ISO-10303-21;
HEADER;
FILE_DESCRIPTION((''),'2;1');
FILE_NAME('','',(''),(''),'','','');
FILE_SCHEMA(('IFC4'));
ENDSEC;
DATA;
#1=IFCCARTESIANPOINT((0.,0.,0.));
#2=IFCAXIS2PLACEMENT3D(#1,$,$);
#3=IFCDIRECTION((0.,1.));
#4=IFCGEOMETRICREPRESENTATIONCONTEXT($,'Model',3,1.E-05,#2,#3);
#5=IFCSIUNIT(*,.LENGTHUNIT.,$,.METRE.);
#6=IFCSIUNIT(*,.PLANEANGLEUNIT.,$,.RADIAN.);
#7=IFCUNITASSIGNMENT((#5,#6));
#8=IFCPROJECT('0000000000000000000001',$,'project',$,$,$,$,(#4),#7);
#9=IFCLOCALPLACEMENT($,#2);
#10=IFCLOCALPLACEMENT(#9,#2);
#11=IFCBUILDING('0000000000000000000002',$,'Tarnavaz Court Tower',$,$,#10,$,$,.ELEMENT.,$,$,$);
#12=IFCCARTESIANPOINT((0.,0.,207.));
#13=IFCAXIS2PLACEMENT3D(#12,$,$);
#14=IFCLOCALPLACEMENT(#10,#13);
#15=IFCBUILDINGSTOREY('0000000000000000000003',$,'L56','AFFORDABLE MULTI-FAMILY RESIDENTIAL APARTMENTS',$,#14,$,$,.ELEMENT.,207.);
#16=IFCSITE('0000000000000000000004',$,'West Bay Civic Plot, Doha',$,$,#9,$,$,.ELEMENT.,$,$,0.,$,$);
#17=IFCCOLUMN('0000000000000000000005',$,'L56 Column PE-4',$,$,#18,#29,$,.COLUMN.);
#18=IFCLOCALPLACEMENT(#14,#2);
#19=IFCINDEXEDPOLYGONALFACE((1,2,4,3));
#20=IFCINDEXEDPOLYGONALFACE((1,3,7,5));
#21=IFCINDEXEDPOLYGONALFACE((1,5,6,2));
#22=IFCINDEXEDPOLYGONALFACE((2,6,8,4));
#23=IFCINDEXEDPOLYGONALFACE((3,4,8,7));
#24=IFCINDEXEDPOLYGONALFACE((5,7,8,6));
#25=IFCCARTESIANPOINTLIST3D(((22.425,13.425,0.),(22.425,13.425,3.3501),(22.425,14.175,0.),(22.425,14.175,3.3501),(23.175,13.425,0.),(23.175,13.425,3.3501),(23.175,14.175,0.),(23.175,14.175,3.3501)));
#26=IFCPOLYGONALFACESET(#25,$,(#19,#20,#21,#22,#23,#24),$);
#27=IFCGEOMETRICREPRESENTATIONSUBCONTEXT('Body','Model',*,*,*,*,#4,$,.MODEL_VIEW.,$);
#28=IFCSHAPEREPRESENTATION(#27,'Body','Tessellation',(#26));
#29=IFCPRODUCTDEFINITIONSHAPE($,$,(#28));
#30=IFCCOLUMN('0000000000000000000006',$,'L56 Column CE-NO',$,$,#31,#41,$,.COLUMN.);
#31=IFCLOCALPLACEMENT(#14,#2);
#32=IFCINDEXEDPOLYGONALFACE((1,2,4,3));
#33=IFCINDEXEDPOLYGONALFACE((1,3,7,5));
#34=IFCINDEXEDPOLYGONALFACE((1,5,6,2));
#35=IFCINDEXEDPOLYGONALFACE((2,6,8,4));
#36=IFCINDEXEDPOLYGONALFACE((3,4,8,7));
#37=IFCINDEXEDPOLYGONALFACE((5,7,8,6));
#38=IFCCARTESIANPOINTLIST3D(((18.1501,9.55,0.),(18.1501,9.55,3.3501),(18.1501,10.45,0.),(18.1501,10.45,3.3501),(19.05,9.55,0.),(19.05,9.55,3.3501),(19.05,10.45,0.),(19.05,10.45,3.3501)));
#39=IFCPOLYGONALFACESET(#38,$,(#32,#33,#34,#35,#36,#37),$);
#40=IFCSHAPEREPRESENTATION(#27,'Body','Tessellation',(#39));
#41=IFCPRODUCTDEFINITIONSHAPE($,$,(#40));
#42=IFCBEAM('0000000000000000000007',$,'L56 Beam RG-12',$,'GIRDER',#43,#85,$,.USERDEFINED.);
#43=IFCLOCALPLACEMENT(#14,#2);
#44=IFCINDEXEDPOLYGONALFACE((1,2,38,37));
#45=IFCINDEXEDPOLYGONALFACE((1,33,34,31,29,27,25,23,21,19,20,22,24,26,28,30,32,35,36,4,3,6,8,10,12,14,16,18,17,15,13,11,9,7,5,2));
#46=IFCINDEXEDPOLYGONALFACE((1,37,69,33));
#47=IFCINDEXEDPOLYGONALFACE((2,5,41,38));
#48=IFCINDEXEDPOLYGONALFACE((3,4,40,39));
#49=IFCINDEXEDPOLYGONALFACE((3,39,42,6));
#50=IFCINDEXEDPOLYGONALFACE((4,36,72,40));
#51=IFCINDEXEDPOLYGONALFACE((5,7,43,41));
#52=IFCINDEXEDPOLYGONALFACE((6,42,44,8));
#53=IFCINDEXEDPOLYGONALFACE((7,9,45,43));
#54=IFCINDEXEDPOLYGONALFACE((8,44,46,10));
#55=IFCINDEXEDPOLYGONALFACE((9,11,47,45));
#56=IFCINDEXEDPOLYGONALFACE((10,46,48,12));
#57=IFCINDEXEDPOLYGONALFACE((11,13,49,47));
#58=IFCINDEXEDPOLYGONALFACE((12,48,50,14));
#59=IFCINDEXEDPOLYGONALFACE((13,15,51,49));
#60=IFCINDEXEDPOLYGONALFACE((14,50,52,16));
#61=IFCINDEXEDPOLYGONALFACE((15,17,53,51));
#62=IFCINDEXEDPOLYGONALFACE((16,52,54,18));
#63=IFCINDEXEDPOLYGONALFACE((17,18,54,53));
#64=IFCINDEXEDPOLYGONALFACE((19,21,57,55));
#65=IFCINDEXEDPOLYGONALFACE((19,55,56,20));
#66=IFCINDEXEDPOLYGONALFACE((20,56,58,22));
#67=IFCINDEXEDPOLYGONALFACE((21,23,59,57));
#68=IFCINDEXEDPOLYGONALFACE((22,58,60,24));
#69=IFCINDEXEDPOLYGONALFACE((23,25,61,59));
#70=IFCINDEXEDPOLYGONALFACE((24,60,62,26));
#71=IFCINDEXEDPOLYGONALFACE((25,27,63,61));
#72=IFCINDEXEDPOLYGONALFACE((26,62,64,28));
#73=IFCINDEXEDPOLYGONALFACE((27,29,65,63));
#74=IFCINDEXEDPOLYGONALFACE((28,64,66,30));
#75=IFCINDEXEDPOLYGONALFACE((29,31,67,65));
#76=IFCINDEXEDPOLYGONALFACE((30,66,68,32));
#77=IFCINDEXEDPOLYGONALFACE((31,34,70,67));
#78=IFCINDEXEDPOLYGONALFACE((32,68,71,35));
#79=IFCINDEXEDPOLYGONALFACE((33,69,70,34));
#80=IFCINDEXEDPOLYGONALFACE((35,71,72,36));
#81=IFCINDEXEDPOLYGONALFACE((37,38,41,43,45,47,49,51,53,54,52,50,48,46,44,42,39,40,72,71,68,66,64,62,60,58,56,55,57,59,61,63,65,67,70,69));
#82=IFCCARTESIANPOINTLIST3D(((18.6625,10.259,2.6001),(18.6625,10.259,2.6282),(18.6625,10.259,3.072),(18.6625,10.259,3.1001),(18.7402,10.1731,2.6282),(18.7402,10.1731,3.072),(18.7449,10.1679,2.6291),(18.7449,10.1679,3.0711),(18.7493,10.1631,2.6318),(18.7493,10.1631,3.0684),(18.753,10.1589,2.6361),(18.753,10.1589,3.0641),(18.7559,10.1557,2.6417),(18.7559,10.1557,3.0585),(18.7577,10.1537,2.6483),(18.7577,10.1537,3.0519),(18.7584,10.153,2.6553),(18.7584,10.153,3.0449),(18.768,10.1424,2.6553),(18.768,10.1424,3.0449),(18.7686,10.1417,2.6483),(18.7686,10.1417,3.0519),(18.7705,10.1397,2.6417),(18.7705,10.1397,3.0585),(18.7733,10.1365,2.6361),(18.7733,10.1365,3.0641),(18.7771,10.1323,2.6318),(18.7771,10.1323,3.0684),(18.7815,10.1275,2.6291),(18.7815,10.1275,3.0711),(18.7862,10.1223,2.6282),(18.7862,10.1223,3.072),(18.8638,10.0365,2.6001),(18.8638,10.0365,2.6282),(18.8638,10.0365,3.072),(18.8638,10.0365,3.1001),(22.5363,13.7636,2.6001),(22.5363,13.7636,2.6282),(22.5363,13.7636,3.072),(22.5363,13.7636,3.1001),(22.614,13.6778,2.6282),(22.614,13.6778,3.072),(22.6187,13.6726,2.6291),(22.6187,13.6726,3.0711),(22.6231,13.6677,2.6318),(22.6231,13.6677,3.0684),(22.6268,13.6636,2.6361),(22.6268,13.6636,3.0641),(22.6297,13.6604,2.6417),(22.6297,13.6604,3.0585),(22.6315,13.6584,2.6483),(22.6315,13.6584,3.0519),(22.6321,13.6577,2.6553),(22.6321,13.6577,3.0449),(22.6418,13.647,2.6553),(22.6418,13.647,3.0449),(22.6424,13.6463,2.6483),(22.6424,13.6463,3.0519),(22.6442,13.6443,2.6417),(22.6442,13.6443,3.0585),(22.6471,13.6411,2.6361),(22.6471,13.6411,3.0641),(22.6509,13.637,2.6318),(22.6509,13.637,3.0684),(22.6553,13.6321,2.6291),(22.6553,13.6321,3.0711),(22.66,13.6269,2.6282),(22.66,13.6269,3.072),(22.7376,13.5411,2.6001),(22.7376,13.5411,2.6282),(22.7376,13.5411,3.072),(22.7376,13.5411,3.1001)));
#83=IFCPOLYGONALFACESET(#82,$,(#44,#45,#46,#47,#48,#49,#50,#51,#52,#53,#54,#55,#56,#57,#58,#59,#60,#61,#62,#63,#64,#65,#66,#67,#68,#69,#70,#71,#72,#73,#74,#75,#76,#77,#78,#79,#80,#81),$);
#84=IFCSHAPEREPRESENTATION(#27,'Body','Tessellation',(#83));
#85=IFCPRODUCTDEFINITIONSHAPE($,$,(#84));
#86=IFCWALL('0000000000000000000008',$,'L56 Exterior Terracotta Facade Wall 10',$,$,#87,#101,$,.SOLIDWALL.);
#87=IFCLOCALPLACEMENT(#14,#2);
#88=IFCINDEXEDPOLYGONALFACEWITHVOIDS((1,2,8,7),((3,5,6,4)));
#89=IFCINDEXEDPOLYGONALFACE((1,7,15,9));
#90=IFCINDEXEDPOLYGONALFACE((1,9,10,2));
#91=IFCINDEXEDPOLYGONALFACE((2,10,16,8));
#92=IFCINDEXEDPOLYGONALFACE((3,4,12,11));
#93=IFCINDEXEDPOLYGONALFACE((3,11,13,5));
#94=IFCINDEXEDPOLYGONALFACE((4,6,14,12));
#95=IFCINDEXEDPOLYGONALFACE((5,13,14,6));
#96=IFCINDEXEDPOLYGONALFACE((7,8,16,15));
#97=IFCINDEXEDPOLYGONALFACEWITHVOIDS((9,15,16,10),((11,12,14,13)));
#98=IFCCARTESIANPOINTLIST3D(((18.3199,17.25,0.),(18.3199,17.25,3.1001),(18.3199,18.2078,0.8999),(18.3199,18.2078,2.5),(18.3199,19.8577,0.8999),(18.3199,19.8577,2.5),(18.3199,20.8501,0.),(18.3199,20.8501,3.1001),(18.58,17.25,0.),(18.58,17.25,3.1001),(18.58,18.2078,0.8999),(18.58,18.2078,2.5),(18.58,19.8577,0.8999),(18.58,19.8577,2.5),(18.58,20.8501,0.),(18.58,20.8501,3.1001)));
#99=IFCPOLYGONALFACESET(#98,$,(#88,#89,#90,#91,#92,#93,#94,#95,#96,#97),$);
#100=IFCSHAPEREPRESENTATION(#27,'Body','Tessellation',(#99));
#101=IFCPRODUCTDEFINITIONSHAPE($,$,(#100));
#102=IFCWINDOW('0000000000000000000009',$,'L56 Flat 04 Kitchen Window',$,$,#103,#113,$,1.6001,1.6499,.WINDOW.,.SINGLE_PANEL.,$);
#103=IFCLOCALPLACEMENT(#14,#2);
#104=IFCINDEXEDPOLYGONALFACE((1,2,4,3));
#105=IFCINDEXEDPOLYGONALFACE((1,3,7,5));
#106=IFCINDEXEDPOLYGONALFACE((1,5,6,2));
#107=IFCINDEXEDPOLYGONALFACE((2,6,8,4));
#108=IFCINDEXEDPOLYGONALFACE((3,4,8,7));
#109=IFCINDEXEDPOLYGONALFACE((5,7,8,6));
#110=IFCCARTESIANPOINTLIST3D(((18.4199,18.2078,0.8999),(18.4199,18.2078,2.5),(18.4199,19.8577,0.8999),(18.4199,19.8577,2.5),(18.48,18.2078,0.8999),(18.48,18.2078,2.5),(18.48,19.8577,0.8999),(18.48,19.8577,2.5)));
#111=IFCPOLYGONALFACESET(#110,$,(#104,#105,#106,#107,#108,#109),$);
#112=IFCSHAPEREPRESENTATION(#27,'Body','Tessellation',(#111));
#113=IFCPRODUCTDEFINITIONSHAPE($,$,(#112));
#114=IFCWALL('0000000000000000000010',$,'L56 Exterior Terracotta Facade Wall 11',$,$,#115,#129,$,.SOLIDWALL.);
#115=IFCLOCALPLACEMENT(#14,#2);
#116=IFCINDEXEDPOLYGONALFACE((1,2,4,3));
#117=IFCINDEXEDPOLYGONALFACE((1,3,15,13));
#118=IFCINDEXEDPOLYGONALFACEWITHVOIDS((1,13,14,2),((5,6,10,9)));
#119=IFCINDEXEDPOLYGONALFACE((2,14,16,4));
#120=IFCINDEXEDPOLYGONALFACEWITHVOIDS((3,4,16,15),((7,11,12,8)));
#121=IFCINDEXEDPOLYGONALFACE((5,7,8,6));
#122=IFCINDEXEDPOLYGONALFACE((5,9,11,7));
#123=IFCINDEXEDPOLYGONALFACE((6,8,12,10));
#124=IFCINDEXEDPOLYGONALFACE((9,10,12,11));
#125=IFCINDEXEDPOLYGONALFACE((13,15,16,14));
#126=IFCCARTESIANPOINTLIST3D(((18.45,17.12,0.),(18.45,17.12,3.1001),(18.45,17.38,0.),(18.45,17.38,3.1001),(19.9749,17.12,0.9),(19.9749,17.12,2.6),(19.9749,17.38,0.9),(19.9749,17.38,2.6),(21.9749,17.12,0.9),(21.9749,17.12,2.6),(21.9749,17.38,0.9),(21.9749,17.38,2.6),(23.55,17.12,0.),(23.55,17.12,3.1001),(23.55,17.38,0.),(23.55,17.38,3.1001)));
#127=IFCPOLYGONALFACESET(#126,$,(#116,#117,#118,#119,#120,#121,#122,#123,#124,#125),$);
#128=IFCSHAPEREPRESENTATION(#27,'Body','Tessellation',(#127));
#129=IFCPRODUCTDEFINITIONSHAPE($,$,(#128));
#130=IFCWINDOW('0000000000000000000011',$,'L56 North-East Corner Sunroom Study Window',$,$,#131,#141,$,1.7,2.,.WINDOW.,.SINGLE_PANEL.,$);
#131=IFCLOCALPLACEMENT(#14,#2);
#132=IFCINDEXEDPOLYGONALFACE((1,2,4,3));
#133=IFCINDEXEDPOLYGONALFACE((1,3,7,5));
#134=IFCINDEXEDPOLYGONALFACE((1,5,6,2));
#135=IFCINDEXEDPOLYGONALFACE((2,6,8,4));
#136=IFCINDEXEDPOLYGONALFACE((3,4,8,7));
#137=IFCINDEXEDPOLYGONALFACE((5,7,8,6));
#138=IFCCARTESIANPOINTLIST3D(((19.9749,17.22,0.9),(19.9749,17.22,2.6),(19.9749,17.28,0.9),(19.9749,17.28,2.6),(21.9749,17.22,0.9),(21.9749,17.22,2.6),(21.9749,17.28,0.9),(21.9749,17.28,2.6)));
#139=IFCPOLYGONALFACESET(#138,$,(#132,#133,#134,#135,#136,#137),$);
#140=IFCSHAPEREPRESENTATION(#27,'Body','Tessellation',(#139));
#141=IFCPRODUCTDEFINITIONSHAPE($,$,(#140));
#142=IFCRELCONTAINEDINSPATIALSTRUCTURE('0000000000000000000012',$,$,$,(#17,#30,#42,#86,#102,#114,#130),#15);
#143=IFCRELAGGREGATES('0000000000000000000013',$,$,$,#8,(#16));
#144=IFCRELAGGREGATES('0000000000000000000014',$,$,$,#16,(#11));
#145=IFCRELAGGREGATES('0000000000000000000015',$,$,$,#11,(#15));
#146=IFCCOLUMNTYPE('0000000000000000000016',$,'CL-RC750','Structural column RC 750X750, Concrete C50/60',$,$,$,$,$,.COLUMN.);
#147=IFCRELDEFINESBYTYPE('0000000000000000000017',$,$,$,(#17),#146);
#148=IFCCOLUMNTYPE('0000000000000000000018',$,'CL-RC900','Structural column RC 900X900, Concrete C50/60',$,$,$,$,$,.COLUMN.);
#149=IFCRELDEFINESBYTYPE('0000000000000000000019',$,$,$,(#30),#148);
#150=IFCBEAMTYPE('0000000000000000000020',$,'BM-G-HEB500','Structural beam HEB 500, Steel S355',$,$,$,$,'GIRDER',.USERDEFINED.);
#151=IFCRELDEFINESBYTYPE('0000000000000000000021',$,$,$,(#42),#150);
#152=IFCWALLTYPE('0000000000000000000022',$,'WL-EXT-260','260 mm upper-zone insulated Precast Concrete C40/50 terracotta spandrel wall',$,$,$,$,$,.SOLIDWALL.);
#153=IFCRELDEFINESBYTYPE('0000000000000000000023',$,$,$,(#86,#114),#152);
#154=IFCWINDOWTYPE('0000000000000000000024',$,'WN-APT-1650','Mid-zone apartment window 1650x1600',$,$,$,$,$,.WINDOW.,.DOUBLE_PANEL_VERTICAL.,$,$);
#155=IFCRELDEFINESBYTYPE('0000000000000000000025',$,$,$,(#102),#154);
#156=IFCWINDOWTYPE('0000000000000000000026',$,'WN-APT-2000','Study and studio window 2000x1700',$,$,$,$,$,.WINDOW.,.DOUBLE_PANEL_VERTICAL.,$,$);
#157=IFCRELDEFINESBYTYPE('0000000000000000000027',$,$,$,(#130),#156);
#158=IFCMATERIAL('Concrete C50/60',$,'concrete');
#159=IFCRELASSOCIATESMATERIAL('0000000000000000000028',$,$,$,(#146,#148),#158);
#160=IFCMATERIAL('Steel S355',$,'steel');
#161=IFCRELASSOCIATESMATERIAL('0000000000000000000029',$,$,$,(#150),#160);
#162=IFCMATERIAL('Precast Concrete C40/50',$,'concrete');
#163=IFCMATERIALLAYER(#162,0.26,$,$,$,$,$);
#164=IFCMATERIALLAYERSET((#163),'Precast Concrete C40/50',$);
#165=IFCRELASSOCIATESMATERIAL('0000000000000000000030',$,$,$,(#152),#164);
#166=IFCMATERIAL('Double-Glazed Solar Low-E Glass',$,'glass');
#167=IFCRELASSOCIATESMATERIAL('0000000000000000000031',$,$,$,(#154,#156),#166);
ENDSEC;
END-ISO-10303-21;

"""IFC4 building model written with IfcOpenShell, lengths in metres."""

from ifc_helpers import new_model, si_unit, direction, frame, frame_2d, origin, origin_2d, place, context, subcontext, project, spatial, rectangle, i_section, extrude, material, layer, layer_set, material_profile, profile_set, type_object, element, fill, save


model = new_model("IFC4")

# Units and contexts
model_context = context("Model", 3, precision=1e-05, world=origin(), true_north=direction((0.0, 1.0)))
body_context = subcontext(model_context, "Body", "Model", "MODEL_VIEW")
ifc_project = project(units=[si_unit("LENGTHUNIT", "METRE"), si_unit("PLANEANGLEUNIT", "RADIAN")], contexts=[model_context])

# Site, building, storey
site_placement = place(None, origin())
site = spatial("IfcSite", under=ifc_project, at=site_placement, Name="West Bay Civic Plot, Doha", CompositionType="ELEMENT", RefElevation=0.0)
building_placement = place(site_placement, origin())
building = spatial("IfcBuilding", under=site, at=building_placement, Name="Tarnavaz Court Tower", CompositionType="ELEMENT")
storey_placement = place(building_placement, frame((0.0, 0.0, 207.0)))
storey = spatial("IfcBuildingStorey", under=building, at=storey_placement, Name="L56", Description="AFFORDABLE MULTI-FAMILY RESIDENTIAL APARTMENTS", CompositionType="ELEMENT", Elevation=207.0)

# Columns
ifc_material_1 = material(Name="Concrete C50/60", Category="concrete")
ifc_material_profile_1 = material_profile(ifc_material_1, rectangle(XDim=0.75, YDim=0.75, at=origin_2d()), Name="RC 750X750")
ifc_profile_set_1 = profile_set([ifc_material_profile_1], Name="Concrete C50/60")
column_type_1 = type_object("IfcColumnType", Name="CL-RC750", Description="Structural column RC 750X750, Concrete C50/60", PredefinedType="COLUMN", material=ifc_profile_set_1)
column_1_placement = place(storey_placement, frame((22.8, 13.8, 0.0), z_axis=(0.0, 0.0, 1.0), x_axis=(1.0, 0.0, 0.0)))
element("IfcColumn", 1, at=column_1_placement, inside=storey, type_object=column_type_1, Name="L56 Column PE-4", PredefinedType="COLUMN", context=body_context, shape_type="SweptSolid", body=[
    extrude(rectangle(XDim=0.75, YDim=0.75, at=origin_2d()), origin(), (0.0, 0.0, 1.0), 3.3501),
])
ifc_material_profile_2 = material_profile(ifc_material_1, rectangle(XDim=0.8999, YDim=0.8999, at=origin_2d()), Name="RC 900X900")
ifc_profile_set_2 = profile_set([ifc_material_profile_2], Name="Concrete C50/60")
column_type_2 = type_object("IfcColumnType", Name="CL-RC900", Description="Structural column RC 900X900, Concrete C50/60", PredefinedType="COLUMN", material=ifc_profile_set_2)
column_2_placement = place(storey_placement, frame((18.6001, 10.0, 0.0), z_axis=(0.0, 0.0, 1.0), x_axis=(1.0, 0.0, 0.0)))
element("IfcColumn", 2, at=column_2_placement, inside=storey, type_object=column_type_2, Name="L56 Column CE-NO", PredefinedType="COLUMN", context=body_context, shape_type="SweptSolid", body=[
    extrude(rectangle(XDim=0.8999, YDim=0.8999, at=origin_2d()), origin(), (0.0, 0.0, 1.0), 3.3501),
])

# Beam
ifc_material_2 = material(Name="Steel S355", Category="steel")
ifc_material_profile_3 = material_profile(ifc_material_2, i_section(OverallWidth=0.3, OverallDepth=0.5, WebThickness=0.0144, FlangeThickness=0.0281, FilletRadius=0.0271, at=origin_2d()), Name="HEB 500")
ifc_profile_set_3 = profile_set([ifc_material_profile_3], Name="Steel S355")
beam_type = type_object("IfcBeamType", Name="BM-G-HEB500", Description="Structural beam HEB 500, Steel S355", ElementType="GIRDER", PredefinedType="USERDEFINED", material=ifc_profile_set_3)
beam_placement = place(storey_placement, frame((18.7632, 10.1477, 2.8501), z_axis=(0.741556, 0.670891, 0.0), x_axis=(-0.670891, 0.741556, 0.0)))
element("IfcBeam", 3, at=beam_placement, inside=storey, type_object=beam_type, Name="L56 Beam RG-12", ObjectType="GIRDER", PredefinedType="USERDEFINED", context=body_context, shape_type="SweptSolid", body=[
    extrude(i_section(OverallWidth=0.3, OverallDepth=0.5, WebThickness=0.0144, FlangeThickness=0.0281, FilletRadius=0.0271, at=origin_2d()), origin(), (0.0, 0.0, 1.0), 5.2239),
])

# Walls, openings, windows
ifc_material_3 = material(Name="Precast Concrete C40/50", Category="concrete")
ifc_layer_1 = layer(ifc_material_3, 0.26)
ifc_layer_set_1 = layer_set([ifc_layer_1], Name="Precast Concrete C40/50")
wall_type_1 = type_object("IfcWallType", Name="WL-EXT-260", Description="260 mm upper-zone insulated Precast Concrete C40/50 terracotta spandrel wall", PredefinedType="SOLIDWALL", material=ifc_layer_set_1)
wall_1_placement = place(storey_placement, frame((18.45, 20.8501, 0.0), z_axis=(0.0, 0.0, 1.0), x_axis=(0.0, -1.0, 0.0)))
wall_1 = element("IfcWall", 4, at=wall_1_placement, inside=storey, type_object=wall_type_1, Name="L56 Exterior Terracotta Facade Wall 10", PredefinedType="SOLIDWALL", context=body_context, shape_type="SweptSolid", body=[
    extrude(rectangle(XDim=3.6001, YDim=0.26, at=frame_2d((1.8, 0.0))), origin(), (0.0, 0.0, 1.0), 3.1001),
])
opening_1_placement = place(wall_1_placement, frame((0.9924, 0.0, 0.8999)))
opening_1 = element("IfcOpeningElement", 5, at=opening_1_placement, cuts=wall_1, PredefinedType="OPENING", context=body_context, shape_type="SweptSolid", body=[
    extrude(rectangle(XDim=1.6499, YDim=1.6001, at=frame_2d((0.825, 0.8))), frame((0.0, 0.1399, 0.0), z_axis=(0.0, -1.0, 0.0), x_axis=(1.0, 0.0, 0.0)), (0.0, 0.0, 1.0), 0.28),
])
ifc_material_4 = material(Name="Double-Glazed Solar Low-E Glass", Category="glass")
window_type_1 = type_object("IfcWindowType", Name="WN-APT-1650", Description="Mid-zone apartment window 1650x1600", PartitioningType="DOUBLE_PANEL_VERTICAL", PredefinedType="WINDOW", material=ifc_material_4)
window_1_placement = place(opening_1_placement, origin())
window_1 = element("IfcWindow", 6, at=window_1_placement, inside=storey, type_object=window_type_1, Name="L56 Flat 04 Kitchen Window", OverallHeight=1.6001, OverallWidth=1.6499, PartitioningType="SINGLE_PANEL", PredefinedType="WINDOW", context=body_context, shape_type="SweptSolid", body=[
    extrude(rectangle(XDim=1.6499, YDim=1.6001, at=frame_2d((0.825, 0.8))), frame((0.0, 0.03, 0.0), z_axis=(0.0, -1.0, 0.0), x_axis=(1.0, 0.0, 0.0)), (0.0, 0.0, 1.0), 0.0601),
])
fill(opening_1, window_1)
wall_2_placement = place(storey_placement, frame((18.45, 17.25, 0.0), z_axis=(0.0, 0.0, 1.0), x_axis=(1.0, 0.0, 0.0)))
wall_2 = element("IfcWall", 7, at=wall_2_placement, inside=storey, type_object=wall_type_1, Name="L56 Exterior Terracotta Facade Wall 11", PredefinedType="SOLIDWALL", context=body_context, shape_type="SweptSolid", body=[
    extrude(rectangle(XDim=5.1001, YDim=0.26, at=frame_2d((2.55, 0.0))), origin(), (0.0, 0.0, 1.0), 3.1001),
])
opening_2_placement = place(wall_2_placement, frame((1.5249, 0.0, 0.8999)))
opening_2 = element("IfcOpeningElement", 8, at=opening_2_placement, cuts=wall_2, PredefinedType="OPENING", context=body_context, shape_type="SweptSolid", body=[
    extrude(rectangle(XDim=2.0, YDim=1.7, at=frame_2d((1.0, 0.8501))), frame((0.0, 0.1399, 0.0), z_axis=(0.0, -1.0, 0.0), x_axis=(1.0, 0.0, 0.0)), (0.0, 0.0, 1.0), 0.28),
])
window_type_2 = type_object("IfcWindowType", Name="WN-APT-2000", Description="Study and studio window 2000x1700", PartitioningType="DOUBLE_PANEL_VERTICAL", PredefinedType="WINDOW", material=ifc_material_4)
window_2_placement = place(opening_2_placement, origin())
window_2 = element("IfcWindow", 9, at=window_2_placement, inside=storey, type_object=window_type_2, Name="L56 North-East Corner Sunroom Study Window", OverallHeight=1.7, OverallWidth=2.0, PartitioningType="SINGLE_PANEL", PredefinedType="WINDOW", context=body_context, shape_type="SweptSolid", body=[
    extrude(rectangle(XDim=2.0, YDim=1.7, at=frame_2d((1.0, 0.8501))), frame((0.0, 0.03, 0.0), z_axis=(0.0, -1.0, 0.0), x_axis=(1.0, 0.0, 0.0)), (0.0, 0.0, 1.0), 0.0601),
])
fill(opening_2, window_2)

save(model, "model.ifc")
